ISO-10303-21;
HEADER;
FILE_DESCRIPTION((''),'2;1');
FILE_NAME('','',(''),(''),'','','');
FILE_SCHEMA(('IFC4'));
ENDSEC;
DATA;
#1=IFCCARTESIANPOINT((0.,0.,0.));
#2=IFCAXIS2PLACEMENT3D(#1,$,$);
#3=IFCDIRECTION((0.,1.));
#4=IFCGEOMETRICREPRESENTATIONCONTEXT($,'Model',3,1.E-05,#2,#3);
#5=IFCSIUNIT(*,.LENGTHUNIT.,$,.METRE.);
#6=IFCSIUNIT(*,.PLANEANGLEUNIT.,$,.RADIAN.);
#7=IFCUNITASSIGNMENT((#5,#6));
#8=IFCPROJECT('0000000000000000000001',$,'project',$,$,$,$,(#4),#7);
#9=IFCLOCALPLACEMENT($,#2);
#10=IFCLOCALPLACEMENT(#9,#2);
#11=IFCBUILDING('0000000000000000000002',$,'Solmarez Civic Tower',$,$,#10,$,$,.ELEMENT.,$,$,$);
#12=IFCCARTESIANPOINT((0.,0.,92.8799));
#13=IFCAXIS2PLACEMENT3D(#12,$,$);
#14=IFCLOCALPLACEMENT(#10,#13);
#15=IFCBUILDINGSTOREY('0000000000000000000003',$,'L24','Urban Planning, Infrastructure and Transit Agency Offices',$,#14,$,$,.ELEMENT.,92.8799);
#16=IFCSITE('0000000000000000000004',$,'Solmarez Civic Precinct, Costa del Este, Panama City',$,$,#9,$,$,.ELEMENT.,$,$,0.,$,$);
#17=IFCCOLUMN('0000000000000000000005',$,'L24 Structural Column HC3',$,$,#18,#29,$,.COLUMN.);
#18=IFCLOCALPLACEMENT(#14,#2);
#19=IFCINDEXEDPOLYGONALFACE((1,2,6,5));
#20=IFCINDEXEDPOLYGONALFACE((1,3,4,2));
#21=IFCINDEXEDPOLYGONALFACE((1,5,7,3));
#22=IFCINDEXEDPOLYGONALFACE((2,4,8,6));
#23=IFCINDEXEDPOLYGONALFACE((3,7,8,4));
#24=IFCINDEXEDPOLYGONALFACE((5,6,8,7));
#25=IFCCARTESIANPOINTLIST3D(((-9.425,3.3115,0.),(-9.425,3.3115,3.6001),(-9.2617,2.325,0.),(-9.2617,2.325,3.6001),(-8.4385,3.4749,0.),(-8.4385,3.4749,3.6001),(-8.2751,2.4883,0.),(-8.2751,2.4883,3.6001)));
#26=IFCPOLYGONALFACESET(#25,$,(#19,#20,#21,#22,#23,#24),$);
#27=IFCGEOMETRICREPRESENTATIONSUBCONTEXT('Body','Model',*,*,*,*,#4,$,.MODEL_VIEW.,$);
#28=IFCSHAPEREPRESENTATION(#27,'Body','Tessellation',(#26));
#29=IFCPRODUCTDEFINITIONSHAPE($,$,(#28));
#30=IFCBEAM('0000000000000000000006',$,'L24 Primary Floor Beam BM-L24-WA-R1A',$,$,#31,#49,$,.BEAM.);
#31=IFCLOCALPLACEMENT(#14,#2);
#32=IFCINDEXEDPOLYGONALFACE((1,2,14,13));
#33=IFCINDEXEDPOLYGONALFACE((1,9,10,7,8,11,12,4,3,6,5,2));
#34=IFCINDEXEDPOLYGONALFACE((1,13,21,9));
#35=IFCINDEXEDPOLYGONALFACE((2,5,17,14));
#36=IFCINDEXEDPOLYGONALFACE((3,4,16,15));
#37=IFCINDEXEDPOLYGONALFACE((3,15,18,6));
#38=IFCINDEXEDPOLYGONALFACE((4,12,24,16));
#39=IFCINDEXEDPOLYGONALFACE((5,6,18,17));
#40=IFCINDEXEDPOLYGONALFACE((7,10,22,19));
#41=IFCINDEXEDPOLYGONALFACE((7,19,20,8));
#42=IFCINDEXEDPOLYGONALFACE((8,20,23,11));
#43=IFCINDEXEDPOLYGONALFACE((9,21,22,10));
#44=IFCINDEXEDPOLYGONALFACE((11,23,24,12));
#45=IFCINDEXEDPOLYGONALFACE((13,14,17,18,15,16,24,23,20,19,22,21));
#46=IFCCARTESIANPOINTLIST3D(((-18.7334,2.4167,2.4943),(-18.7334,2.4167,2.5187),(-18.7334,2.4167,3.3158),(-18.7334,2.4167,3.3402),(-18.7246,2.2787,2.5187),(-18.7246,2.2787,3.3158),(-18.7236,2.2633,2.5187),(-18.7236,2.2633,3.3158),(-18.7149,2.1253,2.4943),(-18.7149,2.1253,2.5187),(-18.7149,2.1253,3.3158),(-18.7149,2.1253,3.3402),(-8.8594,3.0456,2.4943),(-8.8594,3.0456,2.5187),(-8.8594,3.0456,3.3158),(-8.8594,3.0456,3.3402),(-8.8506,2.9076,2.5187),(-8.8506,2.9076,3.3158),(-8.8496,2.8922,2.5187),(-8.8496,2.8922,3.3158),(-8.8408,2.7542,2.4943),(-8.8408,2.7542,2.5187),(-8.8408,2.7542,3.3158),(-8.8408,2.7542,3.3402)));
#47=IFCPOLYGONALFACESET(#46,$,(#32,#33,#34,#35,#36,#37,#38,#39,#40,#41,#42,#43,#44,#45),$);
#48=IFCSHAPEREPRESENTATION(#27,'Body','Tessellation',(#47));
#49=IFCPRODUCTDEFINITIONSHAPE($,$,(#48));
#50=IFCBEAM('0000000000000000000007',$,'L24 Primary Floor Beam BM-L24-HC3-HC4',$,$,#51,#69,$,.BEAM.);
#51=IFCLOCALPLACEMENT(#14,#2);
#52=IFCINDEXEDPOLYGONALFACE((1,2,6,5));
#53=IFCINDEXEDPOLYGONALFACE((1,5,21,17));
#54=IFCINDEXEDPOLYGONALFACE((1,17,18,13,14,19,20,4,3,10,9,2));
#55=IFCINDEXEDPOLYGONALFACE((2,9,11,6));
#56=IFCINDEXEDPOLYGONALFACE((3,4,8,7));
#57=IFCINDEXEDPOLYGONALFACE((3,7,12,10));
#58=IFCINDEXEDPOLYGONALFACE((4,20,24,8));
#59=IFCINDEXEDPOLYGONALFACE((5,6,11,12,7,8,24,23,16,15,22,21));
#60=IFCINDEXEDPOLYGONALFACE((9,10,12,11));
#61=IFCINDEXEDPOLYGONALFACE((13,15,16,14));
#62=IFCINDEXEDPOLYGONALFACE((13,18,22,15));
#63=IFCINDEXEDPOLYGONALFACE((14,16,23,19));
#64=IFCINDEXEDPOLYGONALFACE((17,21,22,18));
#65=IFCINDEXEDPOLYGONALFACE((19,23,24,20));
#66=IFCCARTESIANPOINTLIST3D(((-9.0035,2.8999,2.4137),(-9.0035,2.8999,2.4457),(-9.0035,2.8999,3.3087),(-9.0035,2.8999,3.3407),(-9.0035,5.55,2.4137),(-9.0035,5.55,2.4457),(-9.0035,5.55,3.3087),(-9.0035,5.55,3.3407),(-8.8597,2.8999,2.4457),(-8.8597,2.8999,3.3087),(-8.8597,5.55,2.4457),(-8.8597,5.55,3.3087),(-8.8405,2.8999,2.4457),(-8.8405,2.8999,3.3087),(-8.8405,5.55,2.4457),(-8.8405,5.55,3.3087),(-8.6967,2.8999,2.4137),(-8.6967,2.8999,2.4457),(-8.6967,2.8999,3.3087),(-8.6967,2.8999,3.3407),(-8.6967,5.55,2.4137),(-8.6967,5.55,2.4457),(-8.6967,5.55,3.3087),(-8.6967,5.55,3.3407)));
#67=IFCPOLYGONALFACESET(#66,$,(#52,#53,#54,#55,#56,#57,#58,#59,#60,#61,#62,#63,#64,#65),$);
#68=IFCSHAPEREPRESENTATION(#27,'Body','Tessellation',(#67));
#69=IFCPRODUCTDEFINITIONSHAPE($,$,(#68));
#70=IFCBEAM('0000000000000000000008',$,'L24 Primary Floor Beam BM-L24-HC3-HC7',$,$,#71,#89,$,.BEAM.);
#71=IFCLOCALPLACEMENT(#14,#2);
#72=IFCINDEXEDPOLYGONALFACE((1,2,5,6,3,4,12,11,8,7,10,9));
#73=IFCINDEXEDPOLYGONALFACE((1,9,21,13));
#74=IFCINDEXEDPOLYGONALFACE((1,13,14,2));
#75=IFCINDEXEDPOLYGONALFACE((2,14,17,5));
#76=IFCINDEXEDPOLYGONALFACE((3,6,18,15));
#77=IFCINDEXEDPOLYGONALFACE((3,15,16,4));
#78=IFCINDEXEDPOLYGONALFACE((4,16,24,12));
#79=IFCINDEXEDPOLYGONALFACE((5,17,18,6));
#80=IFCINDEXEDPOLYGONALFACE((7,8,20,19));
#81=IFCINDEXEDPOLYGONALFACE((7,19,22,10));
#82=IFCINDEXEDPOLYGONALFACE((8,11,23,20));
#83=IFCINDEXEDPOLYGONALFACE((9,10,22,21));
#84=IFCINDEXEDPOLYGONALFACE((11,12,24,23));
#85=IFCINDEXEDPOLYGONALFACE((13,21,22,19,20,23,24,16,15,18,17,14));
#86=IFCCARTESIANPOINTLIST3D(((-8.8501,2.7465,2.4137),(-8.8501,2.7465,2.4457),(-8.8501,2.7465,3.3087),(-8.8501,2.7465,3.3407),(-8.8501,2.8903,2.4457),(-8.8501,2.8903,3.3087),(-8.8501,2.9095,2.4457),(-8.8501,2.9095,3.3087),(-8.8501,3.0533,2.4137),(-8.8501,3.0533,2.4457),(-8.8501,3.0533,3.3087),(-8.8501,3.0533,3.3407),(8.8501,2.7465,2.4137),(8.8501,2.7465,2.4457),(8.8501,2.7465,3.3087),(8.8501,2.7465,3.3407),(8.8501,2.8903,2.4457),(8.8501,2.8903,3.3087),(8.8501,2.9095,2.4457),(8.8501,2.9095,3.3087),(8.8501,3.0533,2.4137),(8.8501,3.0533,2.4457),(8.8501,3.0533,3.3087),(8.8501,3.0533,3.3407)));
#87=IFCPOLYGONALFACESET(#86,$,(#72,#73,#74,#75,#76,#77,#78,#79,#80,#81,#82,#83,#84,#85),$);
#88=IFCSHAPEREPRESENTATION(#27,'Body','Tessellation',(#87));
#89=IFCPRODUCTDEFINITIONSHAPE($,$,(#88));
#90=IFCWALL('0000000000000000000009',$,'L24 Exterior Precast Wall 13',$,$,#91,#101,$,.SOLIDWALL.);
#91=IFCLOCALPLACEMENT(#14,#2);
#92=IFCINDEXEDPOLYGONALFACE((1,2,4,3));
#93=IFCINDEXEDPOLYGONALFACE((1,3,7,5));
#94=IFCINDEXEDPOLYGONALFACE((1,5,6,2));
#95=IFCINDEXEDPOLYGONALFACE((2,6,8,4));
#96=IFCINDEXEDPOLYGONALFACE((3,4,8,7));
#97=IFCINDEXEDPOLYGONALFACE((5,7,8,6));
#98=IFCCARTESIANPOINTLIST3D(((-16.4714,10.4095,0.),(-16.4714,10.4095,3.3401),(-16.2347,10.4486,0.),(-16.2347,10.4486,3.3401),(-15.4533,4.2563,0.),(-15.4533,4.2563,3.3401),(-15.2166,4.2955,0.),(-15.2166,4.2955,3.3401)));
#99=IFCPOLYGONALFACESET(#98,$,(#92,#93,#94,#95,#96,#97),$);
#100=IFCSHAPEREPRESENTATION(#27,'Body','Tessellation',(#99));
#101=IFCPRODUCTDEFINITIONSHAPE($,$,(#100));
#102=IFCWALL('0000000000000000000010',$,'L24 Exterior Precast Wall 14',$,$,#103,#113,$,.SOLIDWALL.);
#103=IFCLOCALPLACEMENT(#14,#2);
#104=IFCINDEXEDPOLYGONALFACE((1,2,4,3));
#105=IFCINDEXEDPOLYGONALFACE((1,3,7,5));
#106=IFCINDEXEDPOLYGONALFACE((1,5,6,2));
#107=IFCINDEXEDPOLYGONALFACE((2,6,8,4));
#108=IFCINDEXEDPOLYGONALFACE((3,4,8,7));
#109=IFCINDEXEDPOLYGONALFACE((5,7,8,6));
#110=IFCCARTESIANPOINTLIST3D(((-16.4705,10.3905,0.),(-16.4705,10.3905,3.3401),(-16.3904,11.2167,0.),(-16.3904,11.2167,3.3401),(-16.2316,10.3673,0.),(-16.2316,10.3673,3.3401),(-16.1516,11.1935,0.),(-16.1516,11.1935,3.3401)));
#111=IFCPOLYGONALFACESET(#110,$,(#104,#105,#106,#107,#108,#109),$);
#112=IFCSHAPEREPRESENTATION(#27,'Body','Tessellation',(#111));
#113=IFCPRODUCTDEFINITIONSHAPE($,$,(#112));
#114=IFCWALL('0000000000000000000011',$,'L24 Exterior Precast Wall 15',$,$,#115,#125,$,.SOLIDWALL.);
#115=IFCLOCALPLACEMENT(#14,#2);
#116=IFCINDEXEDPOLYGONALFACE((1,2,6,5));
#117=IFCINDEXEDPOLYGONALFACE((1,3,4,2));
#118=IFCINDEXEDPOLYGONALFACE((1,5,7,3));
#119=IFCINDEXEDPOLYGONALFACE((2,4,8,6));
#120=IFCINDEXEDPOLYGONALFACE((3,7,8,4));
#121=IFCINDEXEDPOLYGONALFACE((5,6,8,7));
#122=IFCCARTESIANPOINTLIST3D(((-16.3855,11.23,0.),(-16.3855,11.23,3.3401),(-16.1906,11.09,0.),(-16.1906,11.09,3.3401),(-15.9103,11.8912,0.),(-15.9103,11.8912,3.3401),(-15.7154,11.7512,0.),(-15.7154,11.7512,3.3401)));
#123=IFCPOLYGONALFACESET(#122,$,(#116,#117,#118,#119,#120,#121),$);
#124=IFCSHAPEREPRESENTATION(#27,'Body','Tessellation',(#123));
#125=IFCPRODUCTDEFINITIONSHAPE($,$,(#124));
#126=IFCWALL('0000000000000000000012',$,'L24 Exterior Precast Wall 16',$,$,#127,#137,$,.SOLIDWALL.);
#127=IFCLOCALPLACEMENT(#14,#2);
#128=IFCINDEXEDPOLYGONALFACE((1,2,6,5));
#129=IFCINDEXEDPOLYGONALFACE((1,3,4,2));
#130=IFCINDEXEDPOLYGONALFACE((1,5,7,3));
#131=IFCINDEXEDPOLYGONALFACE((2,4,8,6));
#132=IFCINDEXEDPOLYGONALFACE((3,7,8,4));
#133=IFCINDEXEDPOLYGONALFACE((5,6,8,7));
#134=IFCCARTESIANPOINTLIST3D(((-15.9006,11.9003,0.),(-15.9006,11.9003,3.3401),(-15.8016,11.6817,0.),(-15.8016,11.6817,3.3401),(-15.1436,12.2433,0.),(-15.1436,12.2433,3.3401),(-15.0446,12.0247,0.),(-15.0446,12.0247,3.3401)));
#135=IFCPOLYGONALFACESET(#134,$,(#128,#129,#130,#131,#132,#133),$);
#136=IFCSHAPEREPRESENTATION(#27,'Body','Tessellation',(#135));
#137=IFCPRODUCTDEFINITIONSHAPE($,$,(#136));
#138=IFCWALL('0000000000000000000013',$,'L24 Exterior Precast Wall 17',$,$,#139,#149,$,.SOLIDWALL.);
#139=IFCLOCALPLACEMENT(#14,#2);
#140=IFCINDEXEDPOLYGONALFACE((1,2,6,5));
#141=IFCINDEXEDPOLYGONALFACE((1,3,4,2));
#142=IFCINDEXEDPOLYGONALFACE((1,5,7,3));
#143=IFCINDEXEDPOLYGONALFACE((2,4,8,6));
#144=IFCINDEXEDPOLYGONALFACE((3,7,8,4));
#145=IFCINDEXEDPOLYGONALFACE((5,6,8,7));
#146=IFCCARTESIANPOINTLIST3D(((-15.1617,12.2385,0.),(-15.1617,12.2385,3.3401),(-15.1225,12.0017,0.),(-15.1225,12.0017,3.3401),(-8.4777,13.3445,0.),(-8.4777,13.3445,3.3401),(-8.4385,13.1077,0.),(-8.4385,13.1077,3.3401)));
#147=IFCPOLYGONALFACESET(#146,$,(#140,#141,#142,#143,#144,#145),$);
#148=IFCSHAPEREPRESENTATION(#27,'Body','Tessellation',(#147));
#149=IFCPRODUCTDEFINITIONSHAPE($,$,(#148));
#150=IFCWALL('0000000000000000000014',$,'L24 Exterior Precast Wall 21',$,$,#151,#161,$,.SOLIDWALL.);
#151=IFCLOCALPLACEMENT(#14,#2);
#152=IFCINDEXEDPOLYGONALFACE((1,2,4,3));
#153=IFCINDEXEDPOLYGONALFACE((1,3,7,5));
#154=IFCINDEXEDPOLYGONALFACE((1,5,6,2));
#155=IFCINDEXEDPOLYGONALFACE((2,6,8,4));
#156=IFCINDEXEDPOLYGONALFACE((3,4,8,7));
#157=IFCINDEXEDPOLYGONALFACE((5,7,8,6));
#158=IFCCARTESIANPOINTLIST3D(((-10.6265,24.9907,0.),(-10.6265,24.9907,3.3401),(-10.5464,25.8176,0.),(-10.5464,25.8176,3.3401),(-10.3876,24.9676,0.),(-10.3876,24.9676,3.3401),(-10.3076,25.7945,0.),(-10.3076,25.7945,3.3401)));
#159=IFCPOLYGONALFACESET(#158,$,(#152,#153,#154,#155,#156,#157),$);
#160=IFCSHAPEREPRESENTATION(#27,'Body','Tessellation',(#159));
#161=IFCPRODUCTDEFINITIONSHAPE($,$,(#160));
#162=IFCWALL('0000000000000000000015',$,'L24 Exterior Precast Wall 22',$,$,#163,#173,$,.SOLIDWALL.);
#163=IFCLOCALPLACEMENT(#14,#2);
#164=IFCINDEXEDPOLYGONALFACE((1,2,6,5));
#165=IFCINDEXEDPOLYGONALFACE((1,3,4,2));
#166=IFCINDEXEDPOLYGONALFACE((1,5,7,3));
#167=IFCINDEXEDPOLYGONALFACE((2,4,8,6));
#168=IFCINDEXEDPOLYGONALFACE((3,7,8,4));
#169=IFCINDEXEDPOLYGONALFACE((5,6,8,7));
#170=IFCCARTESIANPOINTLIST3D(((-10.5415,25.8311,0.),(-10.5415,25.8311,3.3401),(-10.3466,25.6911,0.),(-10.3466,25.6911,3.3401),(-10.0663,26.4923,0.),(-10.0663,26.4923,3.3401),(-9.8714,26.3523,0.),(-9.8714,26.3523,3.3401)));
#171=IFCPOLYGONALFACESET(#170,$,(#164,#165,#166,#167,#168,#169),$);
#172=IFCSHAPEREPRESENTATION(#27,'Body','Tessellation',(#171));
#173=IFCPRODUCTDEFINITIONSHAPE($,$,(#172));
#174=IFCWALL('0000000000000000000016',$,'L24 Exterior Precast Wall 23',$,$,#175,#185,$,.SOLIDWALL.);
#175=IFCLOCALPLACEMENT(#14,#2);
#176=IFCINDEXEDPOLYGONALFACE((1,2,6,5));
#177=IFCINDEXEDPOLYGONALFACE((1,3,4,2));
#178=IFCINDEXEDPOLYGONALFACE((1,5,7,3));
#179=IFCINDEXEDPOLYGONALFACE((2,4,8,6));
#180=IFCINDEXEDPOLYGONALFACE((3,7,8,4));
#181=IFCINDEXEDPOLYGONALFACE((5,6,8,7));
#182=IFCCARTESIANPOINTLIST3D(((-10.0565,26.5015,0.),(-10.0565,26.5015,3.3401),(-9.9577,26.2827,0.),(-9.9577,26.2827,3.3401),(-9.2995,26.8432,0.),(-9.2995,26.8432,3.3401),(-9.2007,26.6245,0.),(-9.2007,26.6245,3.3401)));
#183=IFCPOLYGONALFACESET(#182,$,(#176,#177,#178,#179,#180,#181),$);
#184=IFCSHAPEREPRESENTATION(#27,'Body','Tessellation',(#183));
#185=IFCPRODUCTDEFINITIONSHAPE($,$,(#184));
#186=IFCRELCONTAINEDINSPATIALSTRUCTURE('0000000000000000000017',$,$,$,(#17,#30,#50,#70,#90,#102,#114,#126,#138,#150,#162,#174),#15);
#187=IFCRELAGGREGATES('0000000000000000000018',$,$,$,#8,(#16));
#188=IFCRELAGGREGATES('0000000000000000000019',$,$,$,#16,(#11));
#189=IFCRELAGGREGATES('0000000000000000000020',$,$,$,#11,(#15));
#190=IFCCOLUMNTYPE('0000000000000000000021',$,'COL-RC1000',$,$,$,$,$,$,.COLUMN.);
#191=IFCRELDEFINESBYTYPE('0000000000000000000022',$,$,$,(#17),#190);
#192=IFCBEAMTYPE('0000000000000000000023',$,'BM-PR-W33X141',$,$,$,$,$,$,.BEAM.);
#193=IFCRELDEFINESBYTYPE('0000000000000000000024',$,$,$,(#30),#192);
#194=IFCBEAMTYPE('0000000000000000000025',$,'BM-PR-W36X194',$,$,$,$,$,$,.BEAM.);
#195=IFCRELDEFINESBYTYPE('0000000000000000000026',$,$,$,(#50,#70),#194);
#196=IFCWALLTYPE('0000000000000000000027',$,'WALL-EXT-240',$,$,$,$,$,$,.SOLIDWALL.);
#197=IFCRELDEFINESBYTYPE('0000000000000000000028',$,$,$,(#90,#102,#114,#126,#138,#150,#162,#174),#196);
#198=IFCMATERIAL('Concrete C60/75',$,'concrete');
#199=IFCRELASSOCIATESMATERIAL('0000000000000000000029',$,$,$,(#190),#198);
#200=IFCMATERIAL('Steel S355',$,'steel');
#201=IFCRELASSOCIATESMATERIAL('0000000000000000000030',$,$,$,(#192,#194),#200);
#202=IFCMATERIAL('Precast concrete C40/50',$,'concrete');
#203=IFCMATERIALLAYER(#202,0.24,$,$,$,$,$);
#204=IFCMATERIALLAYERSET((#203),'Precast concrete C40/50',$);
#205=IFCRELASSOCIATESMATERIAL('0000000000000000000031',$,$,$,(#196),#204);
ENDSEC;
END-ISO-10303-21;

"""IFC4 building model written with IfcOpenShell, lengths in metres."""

from ifc_helpers import new_model, si_unit, direction, frame, frame_2d, origin, origin_2d, place, context, subcontext, project, spatial, rectangle, i_section, extrude, material, layer, layer_set, material_profile, profile_set, type_object, element, save


model = new_model("IFC4")

# Units and contexts
model_context = context("Model", 3, precision=1e-05, world=origin(), true_north=direction((0.0, 1.0)))
body_context = subcontext(model_context, "Body", "Model", "MODEL_VIEW")
ifc_project = project(units=[si_unit("LENGTHUNIT", "METRE"), si_unit("PLANEANGLEUNIT", "RADIAN")], contexts=[model_context])

# Site, building, storey
site_placement = place(None, origin())
site = spatial("IfcSite", under=ifc_project, at=site_placement, Name="Solmarez Civic Precinct, Costa del Este, Panama City", CompositionType="ELEMENT", RefElevation=0.0)
building_placement = place(site_placement, origin())
building = spatial("IfcBuilding", under=site, at=building_placement, Name="Solmarez Civic Tower", CompositionType="ELEMENT")
storey_placement = place(building_placement, frame((0.0, 0.0, 92.8799)))
storey = spatial("IfcBuildingStorey", under=building, at=storey_placement, Name="L24", Description="Urban Planning, Infrastructure and Transit Agency Offices", CompositionType="ELEMENT", Elevation=92.8799)

# Column
ifc_material_1 = material(Name="Concrete C60/75", Category="concrete")
ifc_material_profile_1 = material_profile(ifc_material_1, rectangle(XDim=1.0, YDim=1.0, at=origin_2d()), Name="RC1000X1000")
ifc_profile_set_1 = profile_set([ifc_material_profile_1], Name="Concrete C60/75")
column_type = type_object("IfcColumnType", Name="COL-RC1000", PredefinedType="COLUMN", material=ifc_profile_set_1)
column_placement = place(storey_placement, frame((-8.8501, 2.8999, 0.0), z_axis=(0.0, 0.0, 1.0), x_axis=(0.986572, 0.163326, 0.0)))
element("IfcColumn", 1, at=column_placement, inside=storey, type_object=column_type, Name="L24 Structural Column HC3", PredefinedType="COLUMN", context=body_context, shape_type="SweptSolid", body=[
    extrude(rectangle(XDim=1.0, YDim=1.0, at=origin_2d()), origin(), (0.0, 0.0, 1.0), 3.6001),
])

# Beams
ifc_material_2 = material(Name="Steel S355", Category="steel")
ifc_material_profile_2 = material_profile(ifc_material_2, i_section(OverallWidth=0.292, OverallDepth=0.8459, WebThickness=0.0154, FlangeThickness=0.0244, at=origin_2d()), Name="W33X141")
ifc_profile_set_2 = profile_set([ifc_material_profile_2], Name="Steel S355")
beam_type_1 = type_object("IfcBeamType", Name="BM-PR-W33X141", PredefinedType="BEAM", material=ifc_profile_set_2)
beam_1_placement = place(storey_placement, frame((-8.8501, 2.8999, 2.9172), z_axis=(-0.997978, -0.063564, 0.0), x_axis=(0.063564, -0.997978, 0.0)))
element("IfcBeam", 2, at=beam_1_placement, inside=storey, type_object=beam_type_1, Name="L24 Primary Floor Beam BM-L24-WA-R1A", PredefinedType="BEAM", context=body_context, shape_type="SweptSolid", body=[
    extrude(i_section(OverallWidth=0.292, OverallDepth=0.8459, WebThickness=0.0154, FlangeThickness=0.0244, at=origin_2d()), origin(), (0.0, 0.0, 1.0), 9.894),
])
ifc_material_profile_3 = material_profile(ifc_material_2, i_section(OverallWidth=0.3069, OverallDepth=0.927, WebThickness=0.0193, FlangeThickness=0.032, at=origin_2d()), Name="W36X194")
ifc_profile_set_3 = profile_set([ifc_material_profile_3], Name="Steel S355")
beam_type_2 = type_object("IfcBeamType", Name="BM-PR-W36X194", PredefinedType="BEAM", material=ifc_profile_set_3)
beam_2_placement = place(storey_placement, frame((-8.8501, 2.8999, 2.8772), z_axis=(0.0, 1.0, 0.0), x_axis=(-1.0, 0.0, 0.0)))
element("IfcBeam", 3, at=beam_2_placement, inside=storey, type_object=beam_type_2, Name="L24 Primary Floor Beam BM-L24-HC3-HC4", PredefinedType="BEAM", context=body_context, shape_type="SweptSolid", body=[
    extrude(i_section(OverallWidth=0.3069, OverallDepth=0.927, WebThickness=0.0193, FlangeThickness=0.032, at=origin_2d()), origin(), (0.0, 0.0, 1.0), 2.6501),
])
beam_3_placement = place(storey_placement, frame((-8.8501, 2.8999, 2.8772), z_axis=(1.0, 0.0, 0.0), x_axis=(0.0, 1.0, 0.0)))
element("IfcBeam", 4, at=beam_3_placement, inside=storey, type_object=beam_type_2, Name="L24 Primary Floor Beam BM-L24-HC3-HC7", PredefinedType="BEAM", context=body_context, shape_type="SweptSolid", body=[
    extrude(i_section(OverallWidth=0.3069, OverallDepth=0.927, WebThickness=0.0193, FlangeThickness=0.032, at=origin_2d()), origin(), (0.0, 0.0, 1.0), 17.7002),
])

# Walls
ifc_material_3 = material(Name="Precast concrete C40/50", Category="concrete")
ifc_layer_1 = layer(ifc_material_3, 0.24)
ifc_layer_set_1 = layer_set([ifc_layer_1], Name="Precast concrete C40/50")
wall_type_1 = type_object("IfcWallType", Name="WALL-EXT-240", PredefinedType="SOLIDWALL", material=ifc_layer_set_1)
wall_1_placement = place(storey_placement, frame((-15.335, 4.2759, 0.0), z_axis=(0.0, 0.0, 1.0), x_axis=(-0.163237, 0.986587, 0.0)))
element("IfcWall", 5, at=wall_1_placement, inside=storey, type_object=wall_type_1, Name="L24 Exterior Precast Wall 13", PredefinedType="SOLIDWALL", context=body_context, shape_type="SweptSolid", body=[
    extrude(rectangle(XDim=6.2368, YDim=0.24, at=frame_2d((3.1184, 0.0))), origin(), (0.0, 0.0, 1.0), 3.3401),
])
wall_2_placement = place(storey_placement, frame((-16.3511, 10.3789, 0.0), z_axis=(0.0, 0.0, 1.0), x_axis=(0.096475, 0.995335, 0.0)))
element("IfcWall", 6, at=wall_2_placement, inside=storey, type_object=wall_type_1, Name="L24 Exterior Precast Wall 14", PredefinedType="SOLIDWALL", context=body_context, shape_type="SweptSolid", body=[
    extrude(rectangle(XDim=0.8301, YDim=0.24, at=frame_2d((0.415, 0.0))), origin(), (0.0, 0.0, 1.0), 3.3401),
])
wall_3_placement = place(storey_placement, frame((-16.2881, 11.1599, 0.0), z_axis=(0.0, 0.0, 1.0), x_axis=(0.583562, 0.812069, 0.0)))
element("IfcWall", 7, at=wall_3_placement, inside=storey, type_object=wall_type_1, Name="L24 Exterior Precast Wall 15", PredefinedType="SOLIDWALL", context=body_context, shape_type="SweptSolid", body=[
    extrude(rectangle(XDim=0.8142, YDim=0.24, at=frame_2d((0.4072, 0.0))), origin(), (0.0, 0.0, 1.0), 3.3401),
])
wall_4_placement = place(storey_placement, frame((-15.8511, 11.791, 0.0), z_axis=(0.0, 0.0, 1.0), x_axis=(0.910869, 0.412696, 0.0)))
element("IfcWall", 8, at=wall_4_placement, inside=storey, type_object=wall_type_1, Name="L24 Exterior Precast Wall 16", PredefinedType="SOLIDWALL", context=body_context, shape_type="SweptSolid", body=[
    extrude(rectangle(XDim=0.8311, YDim=0.24, at=frame_2d((0.4155, 0.0))), origin(), (0.0, 0.0, 1.0), 3.3401),
])
wall_5_placement = place(storey_placement, frame((-15.1421, 12.1201, 0.0), z_axis=(0.0, 0.0, 1.0), x_axis=(0.986586, 0.163242, 0.0)))
element("IfcWall", 9, at=wall_5_placement, inside=storey, type_object=wall_type_1, Name="L24 Exterior Precast Wall 17", PredefinedType="SOLIDWALL", context=body_context, shape_type="SweptSolid", body=[
    extrude(rectangle(XDim=6.7749, YDim=0.24, at=frame_2d((3.3875, 0.0))), origin(), (0.0, 0.0, 1.0), 3.3401),
])
wall_6_placement = place(storey_placement, frame((-10.5071, 24.979, 0.0), z_axis=(0.0, 0.0, 1.0), x_axis=(0.09639, 0.995344, 0.0)))
element("IfcWall", 10, at=wall_6_placement, inside=storey, type_object=wall_type_1, Name="L24 Exterior Precast Wall 21", PredefinedType="SOLIDWALL", context=body_context, shape_type="SweptSolid", body=[
    extrude(rectangle(XDim=0.8308, YDim=0.24, at=frame_2d((0.4155, 0.0))), origin(), (0.0, 0.0, 1.0), 3.3401),
])
wall_7_placement = place(storey_placement, frame((-10.4441, 25.761, 0.0), z_axis=(0.0, 0.0, 1.0), x_axis=(0.583562, 0.812069, 0.0)))
element("IfcWall", 11, at=wall_7_placement, inside=storey, type_object=wall_type_1, Name="L24 Exterior Precast Wall 22", PredefinedType="SOLIDWALL", context=body_context, shape_type="SweptSolid", body=[
    extrude(rectangle(XDim=0.8142, YDim=0.24, at=frame_2d((0.4072, 0.0))), origin(), (0.0, 0.0, 1.0), 3.3401),
])
wall_8_placement = place(storey_placement, frame((-10.0071, 26.3921, 0.0), z_axis=(0.0, 0.0, 1.0), x_axis=(0.91142, 0.411476, 0.0)))
element("IfcWall", 12, at=wall_8_placement, inside=storey, type_object=wall_type_1, Name="L24 Exterior Precast Wall 23", PredefinedType="SOLIDWALL", context=body_context, shape_type="SweptSolid", body=[
    extrude(rectangle(XDim=0.8306, YDim=0.24, at=frame_2d((0.4153, 0.0))), origin(), (0.0, 0.0, 1.0), 3.3401),
])

save(model, "model.ifc")
